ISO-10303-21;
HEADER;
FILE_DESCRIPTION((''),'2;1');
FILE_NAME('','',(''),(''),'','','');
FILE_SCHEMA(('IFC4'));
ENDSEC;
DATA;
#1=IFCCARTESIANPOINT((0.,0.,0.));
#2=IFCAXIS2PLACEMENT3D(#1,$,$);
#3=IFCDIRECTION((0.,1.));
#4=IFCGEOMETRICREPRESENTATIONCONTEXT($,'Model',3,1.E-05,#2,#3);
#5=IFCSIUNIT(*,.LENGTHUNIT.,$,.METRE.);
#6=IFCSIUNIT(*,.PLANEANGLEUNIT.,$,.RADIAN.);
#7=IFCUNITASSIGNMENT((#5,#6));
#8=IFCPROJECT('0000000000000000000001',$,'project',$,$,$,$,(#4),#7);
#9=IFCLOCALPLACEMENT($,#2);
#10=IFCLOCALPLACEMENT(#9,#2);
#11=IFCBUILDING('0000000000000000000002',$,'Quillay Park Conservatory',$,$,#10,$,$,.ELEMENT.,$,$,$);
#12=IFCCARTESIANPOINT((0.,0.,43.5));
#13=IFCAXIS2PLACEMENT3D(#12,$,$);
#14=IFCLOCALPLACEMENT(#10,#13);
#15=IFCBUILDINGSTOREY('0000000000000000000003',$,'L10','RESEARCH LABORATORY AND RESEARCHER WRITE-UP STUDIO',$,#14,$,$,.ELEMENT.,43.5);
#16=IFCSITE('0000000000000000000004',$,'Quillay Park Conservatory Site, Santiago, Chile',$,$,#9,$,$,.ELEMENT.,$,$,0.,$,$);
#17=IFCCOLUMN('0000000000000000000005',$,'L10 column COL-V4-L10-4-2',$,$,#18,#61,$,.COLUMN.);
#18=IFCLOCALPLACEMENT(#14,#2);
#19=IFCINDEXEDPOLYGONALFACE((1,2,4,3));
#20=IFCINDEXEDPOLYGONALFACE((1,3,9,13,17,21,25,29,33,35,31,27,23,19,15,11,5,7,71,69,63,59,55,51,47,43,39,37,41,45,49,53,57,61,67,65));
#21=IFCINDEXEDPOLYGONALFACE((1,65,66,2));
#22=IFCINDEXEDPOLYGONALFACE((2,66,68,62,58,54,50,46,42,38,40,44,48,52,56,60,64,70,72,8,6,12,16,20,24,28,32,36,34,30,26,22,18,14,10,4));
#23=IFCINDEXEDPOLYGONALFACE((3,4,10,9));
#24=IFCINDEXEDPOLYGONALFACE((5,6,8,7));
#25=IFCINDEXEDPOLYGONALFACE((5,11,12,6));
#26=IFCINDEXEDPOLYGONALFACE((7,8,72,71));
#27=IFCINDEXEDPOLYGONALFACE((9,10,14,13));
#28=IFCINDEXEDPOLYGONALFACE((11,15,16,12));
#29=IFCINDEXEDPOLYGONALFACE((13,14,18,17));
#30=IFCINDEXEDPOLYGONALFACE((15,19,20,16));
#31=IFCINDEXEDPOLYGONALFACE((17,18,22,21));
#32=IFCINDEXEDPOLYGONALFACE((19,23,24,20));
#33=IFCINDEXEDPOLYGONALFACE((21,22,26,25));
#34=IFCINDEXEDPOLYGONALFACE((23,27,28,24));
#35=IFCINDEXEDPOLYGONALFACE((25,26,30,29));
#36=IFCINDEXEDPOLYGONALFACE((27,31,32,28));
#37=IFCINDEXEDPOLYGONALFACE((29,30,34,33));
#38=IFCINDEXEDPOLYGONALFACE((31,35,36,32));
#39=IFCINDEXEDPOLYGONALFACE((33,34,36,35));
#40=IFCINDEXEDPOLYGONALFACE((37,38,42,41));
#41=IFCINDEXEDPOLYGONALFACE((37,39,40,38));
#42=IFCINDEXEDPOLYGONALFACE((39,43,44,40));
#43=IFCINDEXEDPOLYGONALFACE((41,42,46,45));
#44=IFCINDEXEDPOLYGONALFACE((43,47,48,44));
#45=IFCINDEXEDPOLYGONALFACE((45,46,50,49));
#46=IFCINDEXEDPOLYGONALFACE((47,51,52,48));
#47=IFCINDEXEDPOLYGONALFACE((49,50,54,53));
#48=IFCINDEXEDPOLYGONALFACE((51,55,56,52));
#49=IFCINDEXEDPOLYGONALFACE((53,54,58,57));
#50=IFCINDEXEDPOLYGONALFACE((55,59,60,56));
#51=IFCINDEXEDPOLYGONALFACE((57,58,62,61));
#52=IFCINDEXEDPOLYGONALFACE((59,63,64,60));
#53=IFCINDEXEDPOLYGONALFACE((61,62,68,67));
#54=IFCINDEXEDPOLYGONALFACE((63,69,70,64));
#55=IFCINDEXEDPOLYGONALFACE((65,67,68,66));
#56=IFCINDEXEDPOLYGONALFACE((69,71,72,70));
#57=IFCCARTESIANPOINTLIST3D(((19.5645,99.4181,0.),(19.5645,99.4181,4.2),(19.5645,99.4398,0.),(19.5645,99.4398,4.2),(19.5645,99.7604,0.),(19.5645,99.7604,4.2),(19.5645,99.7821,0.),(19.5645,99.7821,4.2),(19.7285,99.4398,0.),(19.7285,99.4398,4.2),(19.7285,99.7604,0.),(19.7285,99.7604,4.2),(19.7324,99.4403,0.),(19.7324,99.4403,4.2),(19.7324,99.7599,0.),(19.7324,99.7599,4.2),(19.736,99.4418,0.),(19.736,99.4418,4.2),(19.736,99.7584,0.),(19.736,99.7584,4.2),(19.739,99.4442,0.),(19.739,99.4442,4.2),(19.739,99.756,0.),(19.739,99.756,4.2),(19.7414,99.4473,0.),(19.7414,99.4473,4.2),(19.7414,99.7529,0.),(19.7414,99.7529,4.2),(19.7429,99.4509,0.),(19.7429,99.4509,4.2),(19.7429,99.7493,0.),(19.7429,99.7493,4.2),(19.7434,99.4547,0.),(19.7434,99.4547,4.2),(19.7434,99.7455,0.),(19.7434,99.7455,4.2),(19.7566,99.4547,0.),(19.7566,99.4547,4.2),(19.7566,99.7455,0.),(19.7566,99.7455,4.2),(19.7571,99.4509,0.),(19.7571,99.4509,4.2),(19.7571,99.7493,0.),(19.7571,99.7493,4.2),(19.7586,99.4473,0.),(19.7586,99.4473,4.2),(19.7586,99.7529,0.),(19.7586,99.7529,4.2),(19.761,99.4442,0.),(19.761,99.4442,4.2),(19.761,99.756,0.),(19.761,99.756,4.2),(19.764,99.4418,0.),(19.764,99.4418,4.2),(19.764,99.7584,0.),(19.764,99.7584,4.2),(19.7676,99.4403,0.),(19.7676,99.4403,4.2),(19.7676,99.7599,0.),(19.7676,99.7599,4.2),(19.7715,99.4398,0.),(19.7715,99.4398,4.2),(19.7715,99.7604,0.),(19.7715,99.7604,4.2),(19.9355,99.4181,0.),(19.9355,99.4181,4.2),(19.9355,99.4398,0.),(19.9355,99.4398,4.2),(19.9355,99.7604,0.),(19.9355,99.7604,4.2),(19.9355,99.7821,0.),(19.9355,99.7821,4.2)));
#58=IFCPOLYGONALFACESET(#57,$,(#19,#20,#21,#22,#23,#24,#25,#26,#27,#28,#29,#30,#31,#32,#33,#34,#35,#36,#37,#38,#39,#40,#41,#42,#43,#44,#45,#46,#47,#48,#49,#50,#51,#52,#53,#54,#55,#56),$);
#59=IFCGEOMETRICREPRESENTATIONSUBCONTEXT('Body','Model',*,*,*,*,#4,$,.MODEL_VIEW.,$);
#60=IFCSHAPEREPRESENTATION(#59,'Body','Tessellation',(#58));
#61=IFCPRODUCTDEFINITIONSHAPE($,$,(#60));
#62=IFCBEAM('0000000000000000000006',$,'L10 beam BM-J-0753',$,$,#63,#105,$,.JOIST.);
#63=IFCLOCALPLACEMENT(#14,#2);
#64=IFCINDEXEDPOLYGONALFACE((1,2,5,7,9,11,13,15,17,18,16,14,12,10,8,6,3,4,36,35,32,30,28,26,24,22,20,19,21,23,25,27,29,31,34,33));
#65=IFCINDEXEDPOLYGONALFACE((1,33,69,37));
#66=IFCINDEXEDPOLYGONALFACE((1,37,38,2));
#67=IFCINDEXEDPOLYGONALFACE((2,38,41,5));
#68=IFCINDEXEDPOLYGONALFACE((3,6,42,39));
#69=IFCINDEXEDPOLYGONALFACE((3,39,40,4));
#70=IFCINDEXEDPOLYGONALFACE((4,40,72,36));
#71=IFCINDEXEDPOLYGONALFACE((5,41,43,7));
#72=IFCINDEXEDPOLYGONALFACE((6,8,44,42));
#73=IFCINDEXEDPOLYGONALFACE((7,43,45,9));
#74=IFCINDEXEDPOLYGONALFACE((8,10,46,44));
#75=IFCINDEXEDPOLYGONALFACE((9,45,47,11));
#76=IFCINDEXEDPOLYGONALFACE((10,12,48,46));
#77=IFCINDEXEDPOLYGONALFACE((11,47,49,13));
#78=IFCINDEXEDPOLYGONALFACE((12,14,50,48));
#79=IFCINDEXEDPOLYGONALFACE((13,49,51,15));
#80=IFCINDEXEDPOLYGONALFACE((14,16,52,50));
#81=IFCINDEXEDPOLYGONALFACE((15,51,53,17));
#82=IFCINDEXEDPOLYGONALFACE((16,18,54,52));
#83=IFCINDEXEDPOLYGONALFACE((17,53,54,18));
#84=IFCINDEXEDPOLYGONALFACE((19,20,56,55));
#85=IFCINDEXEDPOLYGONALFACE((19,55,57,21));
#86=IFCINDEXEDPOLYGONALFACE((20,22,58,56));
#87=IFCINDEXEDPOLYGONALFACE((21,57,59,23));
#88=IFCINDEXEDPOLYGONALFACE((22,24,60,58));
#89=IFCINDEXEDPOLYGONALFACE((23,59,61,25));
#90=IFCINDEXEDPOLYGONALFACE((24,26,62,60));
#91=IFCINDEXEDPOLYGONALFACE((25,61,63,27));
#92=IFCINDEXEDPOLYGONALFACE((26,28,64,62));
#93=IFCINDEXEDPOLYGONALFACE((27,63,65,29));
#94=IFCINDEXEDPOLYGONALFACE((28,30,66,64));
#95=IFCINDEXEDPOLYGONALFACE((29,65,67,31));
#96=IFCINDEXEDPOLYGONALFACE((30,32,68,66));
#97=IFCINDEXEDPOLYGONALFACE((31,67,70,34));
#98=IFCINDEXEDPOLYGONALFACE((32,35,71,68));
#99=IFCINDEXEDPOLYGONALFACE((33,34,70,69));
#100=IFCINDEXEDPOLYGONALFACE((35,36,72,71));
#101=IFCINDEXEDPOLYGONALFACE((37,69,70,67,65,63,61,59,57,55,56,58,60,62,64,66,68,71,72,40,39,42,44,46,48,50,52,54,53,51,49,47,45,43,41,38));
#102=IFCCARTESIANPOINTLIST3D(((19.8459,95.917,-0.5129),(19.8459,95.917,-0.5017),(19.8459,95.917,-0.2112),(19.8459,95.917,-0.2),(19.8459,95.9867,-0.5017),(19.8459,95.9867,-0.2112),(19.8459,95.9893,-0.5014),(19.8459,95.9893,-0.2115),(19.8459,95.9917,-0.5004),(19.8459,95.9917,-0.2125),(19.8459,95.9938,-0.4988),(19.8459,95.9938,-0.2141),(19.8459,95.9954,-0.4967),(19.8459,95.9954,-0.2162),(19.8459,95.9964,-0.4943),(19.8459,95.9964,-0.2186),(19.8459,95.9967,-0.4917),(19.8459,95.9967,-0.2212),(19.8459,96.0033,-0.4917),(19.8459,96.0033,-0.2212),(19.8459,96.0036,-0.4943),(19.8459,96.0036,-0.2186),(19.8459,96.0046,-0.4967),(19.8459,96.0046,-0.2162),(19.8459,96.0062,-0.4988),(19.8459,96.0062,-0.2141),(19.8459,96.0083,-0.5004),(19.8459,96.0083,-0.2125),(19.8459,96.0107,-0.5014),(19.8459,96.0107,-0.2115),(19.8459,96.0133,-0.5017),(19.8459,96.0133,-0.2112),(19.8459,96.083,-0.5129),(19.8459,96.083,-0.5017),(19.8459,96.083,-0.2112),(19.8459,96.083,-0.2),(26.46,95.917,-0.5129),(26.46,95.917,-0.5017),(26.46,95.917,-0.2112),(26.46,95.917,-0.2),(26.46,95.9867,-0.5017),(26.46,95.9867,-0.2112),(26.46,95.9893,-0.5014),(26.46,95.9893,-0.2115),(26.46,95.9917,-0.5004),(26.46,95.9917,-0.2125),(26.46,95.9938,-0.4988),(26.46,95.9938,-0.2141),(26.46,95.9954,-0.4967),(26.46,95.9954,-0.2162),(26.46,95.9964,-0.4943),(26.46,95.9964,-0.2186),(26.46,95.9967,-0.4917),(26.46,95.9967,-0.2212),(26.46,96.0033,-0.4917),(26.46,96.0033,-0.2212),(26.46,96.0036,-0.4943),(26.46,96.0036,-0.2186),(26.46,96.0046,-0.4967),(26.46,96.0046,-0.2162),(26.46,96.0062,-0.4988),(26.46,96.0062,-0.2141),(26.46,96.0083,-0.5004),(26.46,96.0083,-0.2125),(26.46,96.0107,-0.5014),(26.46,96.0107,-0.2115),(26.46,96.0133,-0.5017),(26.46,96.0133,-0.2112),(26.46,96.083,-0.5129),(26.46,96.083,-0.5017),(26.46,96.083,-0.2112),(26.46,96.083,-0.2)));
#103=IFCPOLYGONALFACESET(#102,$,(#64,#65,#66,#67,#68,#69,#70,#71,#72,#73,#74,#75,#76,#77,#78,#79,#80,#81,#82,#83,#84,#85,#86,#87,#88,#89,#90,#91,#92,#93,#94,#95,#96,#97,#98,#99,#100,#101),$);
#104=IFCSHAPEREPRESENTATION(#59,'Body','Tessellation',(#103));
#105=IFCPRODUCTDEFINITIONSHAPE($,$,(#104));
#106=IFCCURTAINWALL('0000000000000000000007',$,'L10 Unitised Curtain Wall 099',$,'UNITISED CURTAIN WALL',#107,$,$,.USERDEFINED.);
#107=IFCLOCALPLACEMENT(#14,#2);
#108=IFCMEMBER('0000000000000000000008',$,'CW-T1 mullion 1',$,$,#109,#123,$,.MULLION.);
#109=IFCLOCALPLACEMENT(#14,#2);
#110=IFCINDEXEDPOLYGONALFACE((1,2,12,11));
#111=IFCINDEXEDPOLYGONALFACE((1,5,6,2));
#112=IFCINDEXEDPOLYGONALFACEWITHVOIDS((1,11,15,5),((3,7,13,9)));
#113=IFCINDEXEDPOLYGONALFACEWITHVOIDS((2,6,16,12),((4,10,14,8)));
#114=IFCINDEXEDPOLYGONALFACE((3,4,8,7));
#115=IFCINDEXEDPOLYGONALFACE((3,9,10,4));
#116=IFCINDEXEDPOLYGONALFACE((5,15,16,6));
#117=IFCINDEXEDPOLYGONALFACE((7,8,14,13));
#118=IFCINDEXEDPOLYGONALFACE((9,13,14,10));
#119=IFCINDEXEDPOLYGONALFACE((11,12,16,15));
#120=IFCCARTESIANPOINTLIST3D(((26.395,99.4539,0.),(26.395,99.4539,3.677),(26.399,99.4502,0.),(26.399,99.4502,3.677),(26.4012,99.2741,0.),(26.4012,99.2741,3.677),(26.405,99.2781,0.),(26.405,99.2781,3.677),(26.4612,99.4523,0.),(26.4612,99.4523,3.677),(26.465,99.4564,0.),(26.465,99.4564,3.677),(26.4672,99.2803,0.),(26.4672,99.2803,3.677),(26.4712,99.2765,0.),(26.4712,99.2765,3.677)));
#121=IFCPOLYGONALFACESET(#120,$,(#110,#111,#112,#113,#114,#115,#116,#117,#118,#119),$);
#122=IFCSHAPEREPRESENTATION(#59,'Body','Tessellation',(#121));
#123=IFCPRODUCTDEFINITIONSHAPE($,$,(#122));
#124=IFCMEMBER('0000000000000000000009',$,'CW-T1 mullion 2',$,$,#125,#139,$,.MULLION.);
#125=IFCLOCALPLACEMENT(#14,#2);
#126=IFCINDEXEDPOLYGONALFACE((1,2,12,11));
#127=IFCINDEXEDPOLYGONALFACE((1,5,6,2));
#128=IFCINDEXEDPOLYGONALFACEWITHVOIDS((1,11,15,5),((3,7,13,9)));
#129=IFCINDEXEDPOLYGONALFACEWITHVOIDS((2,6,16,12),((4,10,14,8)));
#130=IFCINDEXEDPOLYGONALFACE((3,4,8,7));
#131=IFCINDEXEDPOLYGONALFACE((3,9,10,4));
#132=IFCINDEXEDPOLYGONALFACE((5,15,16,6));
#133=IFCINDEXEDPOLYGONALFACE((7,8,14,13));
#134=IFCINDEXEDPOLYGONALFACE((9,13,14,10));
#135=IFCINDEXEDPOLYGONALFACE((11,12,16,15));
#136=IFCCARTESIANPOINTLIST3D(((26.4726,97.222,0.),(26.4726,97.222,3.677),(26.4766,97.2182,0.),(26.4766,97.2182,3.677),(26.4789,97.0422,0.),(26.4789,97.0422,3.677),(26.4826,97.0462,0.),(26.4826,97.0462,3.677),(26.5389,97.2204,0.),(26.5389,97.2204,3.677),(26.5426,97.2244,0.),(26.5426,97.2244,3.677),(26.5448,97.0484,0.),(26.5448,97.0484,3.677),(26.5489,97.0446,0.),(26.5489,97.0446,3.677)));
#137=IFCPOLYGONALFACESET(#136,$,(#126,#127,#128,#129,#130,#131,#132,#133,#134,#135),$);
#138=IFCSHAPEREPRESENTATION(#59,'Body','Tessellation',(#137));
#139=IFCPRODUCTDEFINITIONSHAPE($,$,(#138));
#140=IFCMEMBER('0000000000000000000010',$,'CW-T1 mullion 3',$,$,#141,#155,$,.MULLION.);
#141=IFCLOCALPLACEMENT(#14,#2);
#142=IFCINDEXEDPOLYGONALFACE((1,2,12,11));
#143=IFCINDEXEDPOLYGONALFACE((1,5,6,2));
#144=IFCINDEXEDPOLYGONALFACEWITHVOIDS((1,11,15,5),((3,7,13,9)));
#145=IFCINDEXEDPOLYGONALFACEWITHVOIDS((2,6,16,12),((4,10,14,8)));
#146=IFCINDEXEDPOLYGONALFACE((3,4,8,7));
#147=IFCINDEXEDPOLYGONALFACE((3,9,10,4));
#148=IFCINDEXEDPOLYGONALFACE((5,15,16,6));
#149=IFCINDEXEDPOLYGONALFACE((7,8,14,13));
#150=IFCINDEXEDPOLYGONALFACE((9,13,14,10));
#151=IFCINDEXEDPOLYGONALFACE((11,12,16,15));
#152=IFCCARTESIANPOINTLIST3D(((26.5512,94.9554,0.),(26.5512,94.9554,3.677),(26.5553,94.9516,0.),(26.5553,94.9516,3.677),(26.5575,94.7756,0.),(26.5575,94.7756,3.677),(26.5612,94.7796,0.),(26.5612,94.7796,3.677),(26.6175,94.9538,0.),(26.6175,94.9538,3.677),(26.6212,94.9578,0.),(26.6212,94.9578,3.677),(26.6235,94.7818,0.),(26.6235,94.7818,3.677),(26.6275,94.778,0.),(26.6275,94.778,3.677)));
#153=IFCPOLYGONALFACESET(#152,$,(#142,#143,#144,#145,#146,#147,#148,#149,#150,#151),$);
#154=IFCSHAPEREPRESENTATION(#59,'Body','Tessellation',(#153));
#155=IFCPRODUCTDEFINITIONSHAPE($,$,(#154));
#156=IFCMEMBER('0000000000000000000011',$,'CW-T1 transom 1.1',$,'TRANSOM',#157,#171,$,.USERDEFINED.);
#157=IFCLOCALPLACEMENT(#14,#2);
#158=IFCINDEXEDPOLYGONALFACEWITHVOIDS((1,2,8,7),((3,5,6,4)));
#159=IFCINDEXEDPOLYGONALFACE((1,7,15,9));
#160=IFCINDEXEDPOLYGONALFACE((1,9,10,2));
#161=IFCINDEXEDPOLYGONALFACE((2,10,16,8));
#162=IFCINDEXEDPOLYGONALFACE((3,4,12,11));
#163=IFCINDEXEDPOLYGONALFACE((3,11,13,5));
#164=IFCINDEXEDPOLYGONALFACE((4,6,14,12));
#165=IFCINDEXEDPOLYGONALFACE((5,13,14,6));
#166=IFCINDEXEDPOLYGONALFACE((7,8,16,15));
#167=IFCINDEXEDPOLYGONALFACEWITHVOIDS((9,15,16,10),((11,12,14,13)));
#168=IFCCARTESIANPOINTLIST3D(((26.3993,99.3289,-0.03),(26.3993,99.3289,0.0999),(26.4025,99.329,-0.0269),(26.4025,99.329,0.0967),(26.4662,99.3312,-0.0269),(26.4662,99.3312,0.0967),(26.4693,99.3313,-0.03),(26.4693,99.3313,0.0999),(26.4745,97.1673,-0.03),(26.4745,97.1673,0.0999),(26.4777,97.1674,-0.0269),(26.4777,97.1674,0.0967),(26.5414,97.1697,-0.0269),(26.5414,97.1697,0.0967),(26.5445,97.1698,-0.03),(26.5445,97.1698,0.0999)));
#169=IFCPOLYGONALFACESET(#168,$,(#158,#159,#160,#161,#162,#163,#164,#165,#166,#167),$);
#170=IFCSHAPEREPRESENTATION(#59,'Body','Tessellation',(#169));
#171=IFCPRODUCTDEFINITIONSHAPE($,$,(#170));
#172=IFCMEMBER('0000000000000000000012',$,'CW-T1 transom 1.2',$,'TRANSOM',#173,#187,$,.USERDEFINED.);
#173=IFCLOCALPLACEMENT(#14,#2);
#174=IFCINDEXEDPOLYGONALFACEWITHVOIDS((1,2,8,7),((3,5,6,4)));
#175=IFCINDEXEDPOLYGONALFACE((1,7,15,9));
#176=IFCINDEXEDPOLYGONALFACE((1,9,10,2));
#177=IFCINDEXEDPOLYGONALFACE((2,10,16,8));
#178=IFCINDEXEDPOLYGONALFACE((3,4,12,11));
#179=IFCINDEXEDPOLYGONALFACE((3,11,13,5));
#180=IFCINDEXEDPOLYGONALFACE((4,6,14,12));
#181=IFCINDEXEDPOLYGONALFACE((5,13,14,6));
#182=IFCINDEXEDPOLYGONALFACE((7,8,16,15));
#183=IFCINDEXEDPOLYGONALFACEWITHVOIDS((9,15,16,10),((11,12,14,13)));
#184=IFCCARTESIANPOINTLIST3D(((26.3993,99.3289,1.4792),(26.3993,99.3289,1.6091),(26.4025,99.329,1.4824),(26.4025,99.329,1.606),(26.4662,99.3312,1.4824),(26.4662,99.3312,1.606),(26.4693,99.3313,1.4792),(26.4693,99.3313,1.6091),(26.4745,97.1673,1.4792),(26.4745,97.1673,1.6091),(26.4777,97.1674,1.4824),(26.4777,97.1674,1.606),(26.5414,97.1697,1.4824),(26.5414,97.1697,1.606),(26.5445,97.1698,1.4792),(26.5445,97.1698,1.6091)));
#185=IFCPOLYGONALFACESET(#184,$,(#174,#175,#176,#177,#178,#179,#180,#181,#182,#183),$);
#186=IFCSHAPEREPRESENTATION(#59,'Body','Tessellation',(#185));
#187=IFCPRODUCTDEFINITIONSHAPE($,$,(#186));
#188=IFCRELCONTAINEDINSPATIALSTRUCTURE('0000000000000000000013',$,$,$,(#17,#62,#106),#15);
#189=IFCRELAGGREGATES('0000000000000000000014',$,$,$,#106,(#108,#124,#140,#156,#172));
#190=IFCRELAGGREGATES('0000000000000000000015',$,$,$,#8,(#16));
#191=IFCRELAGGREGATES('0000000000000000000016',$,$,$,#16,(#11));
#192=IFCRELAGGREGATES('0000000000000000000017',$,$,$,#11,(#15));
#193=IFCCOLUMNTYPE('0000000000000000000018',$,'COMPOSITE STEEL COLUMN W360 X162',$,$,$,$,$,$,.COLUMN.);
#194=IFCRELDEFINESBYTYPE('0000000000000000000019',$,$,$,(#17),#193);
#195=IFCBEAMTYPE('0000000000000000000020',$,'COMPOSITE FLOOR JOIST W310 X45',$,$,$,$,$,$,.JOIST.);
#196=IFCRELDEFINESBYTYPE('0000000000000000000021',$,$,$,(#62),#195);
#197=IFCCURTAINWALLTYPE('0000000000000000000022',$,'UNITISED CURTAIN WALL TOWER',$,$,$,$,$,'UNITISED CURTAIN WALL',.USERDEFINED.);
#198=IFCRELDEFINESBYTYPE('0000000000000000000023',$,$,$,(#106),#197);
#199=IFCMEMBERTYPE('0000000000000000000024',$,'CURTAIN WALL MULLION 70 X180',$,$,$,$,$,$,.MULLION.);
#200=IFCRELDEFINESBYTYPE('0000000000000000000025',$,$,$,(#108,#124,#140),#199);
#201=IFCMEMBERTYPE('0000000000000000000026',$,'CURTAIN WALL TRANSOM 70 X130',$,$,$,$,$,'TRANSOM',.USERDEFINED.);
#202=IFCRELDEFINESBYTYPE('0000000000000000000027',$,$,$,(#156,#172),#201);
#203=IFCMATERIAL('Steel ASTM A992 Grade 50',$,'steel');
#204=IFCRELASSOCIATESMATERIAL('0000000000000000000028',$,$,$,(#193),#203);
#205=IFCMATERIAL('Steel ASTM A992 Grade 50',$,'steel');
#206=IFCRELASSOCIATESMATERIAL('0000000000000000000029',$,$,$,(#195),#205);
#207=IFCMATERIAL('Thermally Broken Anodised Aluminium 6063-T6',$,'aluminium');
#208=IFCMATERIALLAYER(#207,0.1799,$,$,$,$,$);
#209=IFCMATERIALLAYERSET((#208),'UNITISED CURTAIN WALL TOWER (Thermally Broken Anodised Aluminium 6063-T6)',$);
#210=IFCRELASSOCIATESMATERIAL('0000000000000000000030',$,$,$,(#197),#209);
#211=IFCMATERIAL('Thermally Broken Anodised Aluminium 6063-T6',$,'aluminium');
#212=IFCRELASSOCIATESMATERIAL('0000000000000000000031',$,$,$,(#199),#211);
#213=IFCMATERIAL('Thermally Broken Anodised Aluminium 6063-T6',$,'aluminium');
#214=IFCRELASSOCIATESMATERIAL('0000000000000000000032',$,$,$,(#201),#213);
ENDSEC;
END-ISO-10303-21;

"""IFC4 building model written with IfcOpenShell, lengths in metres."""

from ifc_helpers import new_model, si_unit, direction, frame, origin, origin_2d, place, context, subcontext, project, spatial, hollow_rectangle, i_section, extrude, material, layer, layer_set, material_profile, profile_set, type_object, element, aggregate, save


model = new_model("IFC4")

# Units and contexts
model_context = context("Model", 3, precision=1e-05, world=origin(), true_north=direction((0.0, 1.0)))
body_context = subcontext(model_context, "Body", "Model", "MODEL_VIEW")
ifc_project = project(units=[si_unit("LENGTHUNIT", "METRE"), si_unit("PLANEANGLEUNIT", "RADIAN")], contexts=[model_context])

# Site, building, storey
site_placement = place(None, origin())
site = spatial("IfcSite", under=ifc_project, at=site_placement, Name="Quillay Park Conservatory Site, Santiago, Chile", CompositionType="ELEMENT", RefElevation=0.0)
building_placement = place(site_placement, origin())
building = spatial("IfcBuilding", under=site, at=building_placement, Name="Quillay Park Conservatory", CompositionType="ELEMENT")
storey_placement = place(building_placement, frame((0.0, 0.0, 43.5)))
storey = spatial("IfcBuildingStorey", under=building, at=storey_placement, Name="L10", Description="RESEARCH LABORATORY AND RESEARCHER WRITE-UP STUDIO", CompositionType="ELEMENT", Elevation=43.5)

# Column
ifc_material_1 = material(Name="Steel ASTM A992 Grade 50", Category="steel")
ifc_material_profile_1 = material_profile(ifc_material_1, i_section(OverallWidth=0.3711, OverallDepth=0.364, WebThickness=0.0132, FlangeThickness=0.0217, FilletRadius=0.0149, at=origin_2d()), Name="W360x162")
ifc_profile_set_1 = profile_set([ifc_material_profile_1], Name="Steel ASTM A992 Grade 50")
column_type = type_object("IfcColumnType", Name="COMPOSITE STEEL COLUMN W360 X162", PredefinedType="COLUMN", material=ifc_profile_set_1)
column_placement = place(storey_placement, frame((19.75, 99.6001, 0.0), z_axis=(0.0, 0.0, 1.0), x_axis=(1.0, 0.0, 0.0)))
element("IfcColumn", 1, at=column_placement, inside=storey, type_object=column_type, Name="L10 column COL-V4-L10-4-2", PredefinedType="COLUMN", context=body_context, shape_type="SweptSolid", body=[
    extrude(i_section(OverallWidth=0.3711, OverallDepth=0.364, WebThickness=0.0132, FlangeThickness=0.0217, FilletRadius=0.0149, at=origin_2d()), origin(), (0.0, 0.0, 1.0), 4.2),
])

# Beam
ifc_material_2 = material(Name="Steel ASTM A992 Grade 50", Category="steel")
ifc_material_profile_2 = material_profile(ifc_material_2, i_section(OverallWidth=0.166, OverallDepth=0.313, WebThickness=0.0066, FlangeThickness=0.0112, FilletRadius=0.01, at=origin_2d()), Name="W310x45")
ifc_profile_set_2 = profile_set([ifc_material_profile_2], Name="Steel ASTM A992 Grade 50")
beam_type = type_object("IfcBeamType", Name="COMPOSITE FLOOR JOIST W310 X45", PredefinedType="JOIST", material=ifc_profile_set_2)
beam_placement = place(storey_placement, frame((19.8459, 96.0, -0.3564), z_axis=(1.0, 0.0, 0.0), x_axis=(0.0, 1.0, 0.0)))
element("IfcBeam", 2, at=beam_placement, inside=storey, type_object=beam_type, Name="L10 beam BM-J-0753", PredefinedType="JOIST", context=body_context, shape_type="SweptSolid", body=[
    extrude(i_section(OverallWidth=0.166, OverallDepth=0.313, WebThickness=0.0066, FlangeThickness=0.0112, FilletRadius=0.01, at=origin_2d()), origin(), (0.0, 0.0, 1.0), 6.614),
])

# Curtain wall, members
ifc_material_3 = material(Name="Thermally Broken Anodised Aluminium 6063-T6", Category="aluminium")
ifc_layer_1 = layer(ifc_material_3, 0.1799)
ifc_layer_set_1 = layer_set([ifc_layer_1], Name="UNITISED CURTAIN WALL TOWER (Thermally Broken Anodised Aluminium 6063-T6)")
curtain_wall_type = type_object("IfcCurtainWallType", Name="UNITISED CURTAIN WALL TOWER", ElementType="UNITISED CURTAIN WALL", PredefinedType="USERDEFINED", material=ifc_layer_set_1)
curtain_wall_placement = place(storey_placement, origin())
curtain_wall = element("IfcCurtainWall", 3, at=curtain_wall_placement, inside=storey, type_object=curtain_wall_type, Name="L10 Unitised Curtain Wall 099", ObjectType="UNITISED CURTAIN WALL", PredefinedType="USERDEFINED")
ifc_material_4 = material(Name="Thermally Broken Anodised Aluminium 6063-T6", Category="aluminium")
ifc_material_profile_3 = material_profile(ifc_material_4, hollow_rectangle(XDim=0.0701, YDim=0.1799, WallThickness=0.0039, at=origin_2d()), Name="AL70x180x4")
ifc_profile_set_3 = profile_set([ifc_material_profile_3], Name="Thermally Broken Anodised Aluminium 6063-T6")
member_type_1 = type_object("IfcMemberType", Name="CURTAIN WALL MULLION 70 X180", PredefinedType="MULLION", material=ifc_profile_set_3)
member_1_placement = place(storey_placement, frame((26.4331, 99.3652, 0.0), z_axis=(0.0, 0.0, 1.0), x_axis=(0.999397, 0.034713, 0.0)))
member_1 = element("IfcMember", 4, at=member_1_placement, type_object=member_type_1, Name="CW-T1 mullion 1", PredefinedType="MULLION", context=body_context, shape_type="SweptSolid", body=[
    extrude(hollow_rectangle(XDim=0.0701, YDim=0.1799, WallThickness=0.0039, at=origin_2d()), origin(), (0.0, 0.0, 1.0), 3.677),
])
member_2_placement = place(storey_placement, frame((26.5107, 97.1333, 0.0), z_axis=(0.0, 0.0, 1.0), x_axis=(0.999397, 0.034713, 0.0)))
member_2 = element("IfcMember", 5, at=member_2_placement, type_object=member_type_1, Name="CW-T1 mullion 2", PredefinedType="MULLION", context=body_context, shape_type="SweptSolid", body=[
    extrude(hollow_rectangle(XDim=0.0701, YDim=0.1799, WallThickness=0.0039, at=origin_2d()), origin(), (0.0, 0.0, 1.0), 3.677),
])
member_3_placement = place(storey_placement, frame((26.5894, 94.8667, 0.0), z_axis=(0.0, 0.0, 1.0), x_axis=(0.999397, 0.034713, 0.0)))
member_3 = element("IfcMember", 6, at=member_3_placement, type_object=member_type_1, Name="CW-T1 mullion 3", PredefinedType="MULLION", context=body_context, shape_type="SweptSolid", body=[
    extrude(hollow_rectangle(XDim=0.0701, YDim=0.1799, WallThickness=0.0039, at=origin_2d()), origin(), (0.0, 0.0, 1.0), 3.677),
])
ifc_material_5 = material(Name="Thermally Broken Anodised Aluminium 6063-T6", Category="aluminium")
ifc_material_profile_4 = material_profile(ifc_material_5, hollow_rectangle(XDim=0.0701, YDim=0.1299, WallThickness=0.0032, at=origin_2d()), Name="AL70x130x3.2")
ifc_profile_set_4 = profile_set([ifc_material_profile_4], Name="Thermally Broken Anodised Aluminium 6063-T6")
member_type_2 = type_object("IfcMemberType", Name="CURTAIN WALL TRANSOM 70 X130", ElementType="TRANSOM", PredefinedType="USERDEFINED", material=ifc_profile_set_4)
member_4_placement = place(storey_placement, frame((26.4343, 99.3301, 0.0349), z_axis=(0.034766, -0.999395, 0.0), x_axis=(0.999395, 0.034766, 0.0)))
member_4 = element("IfcMember", 7, at=member_4_placement, type_object=member_type_2, Name="CW-T1 transom 1.1", ObjectType="TRANSOM", PredefinedType="USERDEFINED", context=body_context, shape_type="SweptSolid", body=[
    extrude(hollow_rectangle(XDim=0.0701, YDim=0.1299, WallThickness=0.0032, at=origin_2d()), origin(), (0.0, 0.0, 1.0), 2.1628),
])
member_5_placement = place(storey_placement, frame((26.4343, 99.3301, 1.5442), z_axis=(0.034766, -0.999395, 0.0), x_axis=(0.999395, 0.034766, 0.0)))
member_5 = element("IfcMember", 8, at=member_5_placement, type_object=member_type_2, Name="CW-T1 transom 1.2", ObjectType="TRANSOM", PredefinedType="USERDEFINED", context=body_context, shape_type="SweptSolid", body=[
    extrude(hollow_rectangle(XDim=0.0701, YDim=0.1299, WallThickness=0.0032, at=origin_2d()), origin(), (0.0, 0.0, 1.0), 2.1628),
])
aggregate(curtain_wall, [member_1, member_2, member_3, member_4, member_5])

save(model, "model.ifc")
